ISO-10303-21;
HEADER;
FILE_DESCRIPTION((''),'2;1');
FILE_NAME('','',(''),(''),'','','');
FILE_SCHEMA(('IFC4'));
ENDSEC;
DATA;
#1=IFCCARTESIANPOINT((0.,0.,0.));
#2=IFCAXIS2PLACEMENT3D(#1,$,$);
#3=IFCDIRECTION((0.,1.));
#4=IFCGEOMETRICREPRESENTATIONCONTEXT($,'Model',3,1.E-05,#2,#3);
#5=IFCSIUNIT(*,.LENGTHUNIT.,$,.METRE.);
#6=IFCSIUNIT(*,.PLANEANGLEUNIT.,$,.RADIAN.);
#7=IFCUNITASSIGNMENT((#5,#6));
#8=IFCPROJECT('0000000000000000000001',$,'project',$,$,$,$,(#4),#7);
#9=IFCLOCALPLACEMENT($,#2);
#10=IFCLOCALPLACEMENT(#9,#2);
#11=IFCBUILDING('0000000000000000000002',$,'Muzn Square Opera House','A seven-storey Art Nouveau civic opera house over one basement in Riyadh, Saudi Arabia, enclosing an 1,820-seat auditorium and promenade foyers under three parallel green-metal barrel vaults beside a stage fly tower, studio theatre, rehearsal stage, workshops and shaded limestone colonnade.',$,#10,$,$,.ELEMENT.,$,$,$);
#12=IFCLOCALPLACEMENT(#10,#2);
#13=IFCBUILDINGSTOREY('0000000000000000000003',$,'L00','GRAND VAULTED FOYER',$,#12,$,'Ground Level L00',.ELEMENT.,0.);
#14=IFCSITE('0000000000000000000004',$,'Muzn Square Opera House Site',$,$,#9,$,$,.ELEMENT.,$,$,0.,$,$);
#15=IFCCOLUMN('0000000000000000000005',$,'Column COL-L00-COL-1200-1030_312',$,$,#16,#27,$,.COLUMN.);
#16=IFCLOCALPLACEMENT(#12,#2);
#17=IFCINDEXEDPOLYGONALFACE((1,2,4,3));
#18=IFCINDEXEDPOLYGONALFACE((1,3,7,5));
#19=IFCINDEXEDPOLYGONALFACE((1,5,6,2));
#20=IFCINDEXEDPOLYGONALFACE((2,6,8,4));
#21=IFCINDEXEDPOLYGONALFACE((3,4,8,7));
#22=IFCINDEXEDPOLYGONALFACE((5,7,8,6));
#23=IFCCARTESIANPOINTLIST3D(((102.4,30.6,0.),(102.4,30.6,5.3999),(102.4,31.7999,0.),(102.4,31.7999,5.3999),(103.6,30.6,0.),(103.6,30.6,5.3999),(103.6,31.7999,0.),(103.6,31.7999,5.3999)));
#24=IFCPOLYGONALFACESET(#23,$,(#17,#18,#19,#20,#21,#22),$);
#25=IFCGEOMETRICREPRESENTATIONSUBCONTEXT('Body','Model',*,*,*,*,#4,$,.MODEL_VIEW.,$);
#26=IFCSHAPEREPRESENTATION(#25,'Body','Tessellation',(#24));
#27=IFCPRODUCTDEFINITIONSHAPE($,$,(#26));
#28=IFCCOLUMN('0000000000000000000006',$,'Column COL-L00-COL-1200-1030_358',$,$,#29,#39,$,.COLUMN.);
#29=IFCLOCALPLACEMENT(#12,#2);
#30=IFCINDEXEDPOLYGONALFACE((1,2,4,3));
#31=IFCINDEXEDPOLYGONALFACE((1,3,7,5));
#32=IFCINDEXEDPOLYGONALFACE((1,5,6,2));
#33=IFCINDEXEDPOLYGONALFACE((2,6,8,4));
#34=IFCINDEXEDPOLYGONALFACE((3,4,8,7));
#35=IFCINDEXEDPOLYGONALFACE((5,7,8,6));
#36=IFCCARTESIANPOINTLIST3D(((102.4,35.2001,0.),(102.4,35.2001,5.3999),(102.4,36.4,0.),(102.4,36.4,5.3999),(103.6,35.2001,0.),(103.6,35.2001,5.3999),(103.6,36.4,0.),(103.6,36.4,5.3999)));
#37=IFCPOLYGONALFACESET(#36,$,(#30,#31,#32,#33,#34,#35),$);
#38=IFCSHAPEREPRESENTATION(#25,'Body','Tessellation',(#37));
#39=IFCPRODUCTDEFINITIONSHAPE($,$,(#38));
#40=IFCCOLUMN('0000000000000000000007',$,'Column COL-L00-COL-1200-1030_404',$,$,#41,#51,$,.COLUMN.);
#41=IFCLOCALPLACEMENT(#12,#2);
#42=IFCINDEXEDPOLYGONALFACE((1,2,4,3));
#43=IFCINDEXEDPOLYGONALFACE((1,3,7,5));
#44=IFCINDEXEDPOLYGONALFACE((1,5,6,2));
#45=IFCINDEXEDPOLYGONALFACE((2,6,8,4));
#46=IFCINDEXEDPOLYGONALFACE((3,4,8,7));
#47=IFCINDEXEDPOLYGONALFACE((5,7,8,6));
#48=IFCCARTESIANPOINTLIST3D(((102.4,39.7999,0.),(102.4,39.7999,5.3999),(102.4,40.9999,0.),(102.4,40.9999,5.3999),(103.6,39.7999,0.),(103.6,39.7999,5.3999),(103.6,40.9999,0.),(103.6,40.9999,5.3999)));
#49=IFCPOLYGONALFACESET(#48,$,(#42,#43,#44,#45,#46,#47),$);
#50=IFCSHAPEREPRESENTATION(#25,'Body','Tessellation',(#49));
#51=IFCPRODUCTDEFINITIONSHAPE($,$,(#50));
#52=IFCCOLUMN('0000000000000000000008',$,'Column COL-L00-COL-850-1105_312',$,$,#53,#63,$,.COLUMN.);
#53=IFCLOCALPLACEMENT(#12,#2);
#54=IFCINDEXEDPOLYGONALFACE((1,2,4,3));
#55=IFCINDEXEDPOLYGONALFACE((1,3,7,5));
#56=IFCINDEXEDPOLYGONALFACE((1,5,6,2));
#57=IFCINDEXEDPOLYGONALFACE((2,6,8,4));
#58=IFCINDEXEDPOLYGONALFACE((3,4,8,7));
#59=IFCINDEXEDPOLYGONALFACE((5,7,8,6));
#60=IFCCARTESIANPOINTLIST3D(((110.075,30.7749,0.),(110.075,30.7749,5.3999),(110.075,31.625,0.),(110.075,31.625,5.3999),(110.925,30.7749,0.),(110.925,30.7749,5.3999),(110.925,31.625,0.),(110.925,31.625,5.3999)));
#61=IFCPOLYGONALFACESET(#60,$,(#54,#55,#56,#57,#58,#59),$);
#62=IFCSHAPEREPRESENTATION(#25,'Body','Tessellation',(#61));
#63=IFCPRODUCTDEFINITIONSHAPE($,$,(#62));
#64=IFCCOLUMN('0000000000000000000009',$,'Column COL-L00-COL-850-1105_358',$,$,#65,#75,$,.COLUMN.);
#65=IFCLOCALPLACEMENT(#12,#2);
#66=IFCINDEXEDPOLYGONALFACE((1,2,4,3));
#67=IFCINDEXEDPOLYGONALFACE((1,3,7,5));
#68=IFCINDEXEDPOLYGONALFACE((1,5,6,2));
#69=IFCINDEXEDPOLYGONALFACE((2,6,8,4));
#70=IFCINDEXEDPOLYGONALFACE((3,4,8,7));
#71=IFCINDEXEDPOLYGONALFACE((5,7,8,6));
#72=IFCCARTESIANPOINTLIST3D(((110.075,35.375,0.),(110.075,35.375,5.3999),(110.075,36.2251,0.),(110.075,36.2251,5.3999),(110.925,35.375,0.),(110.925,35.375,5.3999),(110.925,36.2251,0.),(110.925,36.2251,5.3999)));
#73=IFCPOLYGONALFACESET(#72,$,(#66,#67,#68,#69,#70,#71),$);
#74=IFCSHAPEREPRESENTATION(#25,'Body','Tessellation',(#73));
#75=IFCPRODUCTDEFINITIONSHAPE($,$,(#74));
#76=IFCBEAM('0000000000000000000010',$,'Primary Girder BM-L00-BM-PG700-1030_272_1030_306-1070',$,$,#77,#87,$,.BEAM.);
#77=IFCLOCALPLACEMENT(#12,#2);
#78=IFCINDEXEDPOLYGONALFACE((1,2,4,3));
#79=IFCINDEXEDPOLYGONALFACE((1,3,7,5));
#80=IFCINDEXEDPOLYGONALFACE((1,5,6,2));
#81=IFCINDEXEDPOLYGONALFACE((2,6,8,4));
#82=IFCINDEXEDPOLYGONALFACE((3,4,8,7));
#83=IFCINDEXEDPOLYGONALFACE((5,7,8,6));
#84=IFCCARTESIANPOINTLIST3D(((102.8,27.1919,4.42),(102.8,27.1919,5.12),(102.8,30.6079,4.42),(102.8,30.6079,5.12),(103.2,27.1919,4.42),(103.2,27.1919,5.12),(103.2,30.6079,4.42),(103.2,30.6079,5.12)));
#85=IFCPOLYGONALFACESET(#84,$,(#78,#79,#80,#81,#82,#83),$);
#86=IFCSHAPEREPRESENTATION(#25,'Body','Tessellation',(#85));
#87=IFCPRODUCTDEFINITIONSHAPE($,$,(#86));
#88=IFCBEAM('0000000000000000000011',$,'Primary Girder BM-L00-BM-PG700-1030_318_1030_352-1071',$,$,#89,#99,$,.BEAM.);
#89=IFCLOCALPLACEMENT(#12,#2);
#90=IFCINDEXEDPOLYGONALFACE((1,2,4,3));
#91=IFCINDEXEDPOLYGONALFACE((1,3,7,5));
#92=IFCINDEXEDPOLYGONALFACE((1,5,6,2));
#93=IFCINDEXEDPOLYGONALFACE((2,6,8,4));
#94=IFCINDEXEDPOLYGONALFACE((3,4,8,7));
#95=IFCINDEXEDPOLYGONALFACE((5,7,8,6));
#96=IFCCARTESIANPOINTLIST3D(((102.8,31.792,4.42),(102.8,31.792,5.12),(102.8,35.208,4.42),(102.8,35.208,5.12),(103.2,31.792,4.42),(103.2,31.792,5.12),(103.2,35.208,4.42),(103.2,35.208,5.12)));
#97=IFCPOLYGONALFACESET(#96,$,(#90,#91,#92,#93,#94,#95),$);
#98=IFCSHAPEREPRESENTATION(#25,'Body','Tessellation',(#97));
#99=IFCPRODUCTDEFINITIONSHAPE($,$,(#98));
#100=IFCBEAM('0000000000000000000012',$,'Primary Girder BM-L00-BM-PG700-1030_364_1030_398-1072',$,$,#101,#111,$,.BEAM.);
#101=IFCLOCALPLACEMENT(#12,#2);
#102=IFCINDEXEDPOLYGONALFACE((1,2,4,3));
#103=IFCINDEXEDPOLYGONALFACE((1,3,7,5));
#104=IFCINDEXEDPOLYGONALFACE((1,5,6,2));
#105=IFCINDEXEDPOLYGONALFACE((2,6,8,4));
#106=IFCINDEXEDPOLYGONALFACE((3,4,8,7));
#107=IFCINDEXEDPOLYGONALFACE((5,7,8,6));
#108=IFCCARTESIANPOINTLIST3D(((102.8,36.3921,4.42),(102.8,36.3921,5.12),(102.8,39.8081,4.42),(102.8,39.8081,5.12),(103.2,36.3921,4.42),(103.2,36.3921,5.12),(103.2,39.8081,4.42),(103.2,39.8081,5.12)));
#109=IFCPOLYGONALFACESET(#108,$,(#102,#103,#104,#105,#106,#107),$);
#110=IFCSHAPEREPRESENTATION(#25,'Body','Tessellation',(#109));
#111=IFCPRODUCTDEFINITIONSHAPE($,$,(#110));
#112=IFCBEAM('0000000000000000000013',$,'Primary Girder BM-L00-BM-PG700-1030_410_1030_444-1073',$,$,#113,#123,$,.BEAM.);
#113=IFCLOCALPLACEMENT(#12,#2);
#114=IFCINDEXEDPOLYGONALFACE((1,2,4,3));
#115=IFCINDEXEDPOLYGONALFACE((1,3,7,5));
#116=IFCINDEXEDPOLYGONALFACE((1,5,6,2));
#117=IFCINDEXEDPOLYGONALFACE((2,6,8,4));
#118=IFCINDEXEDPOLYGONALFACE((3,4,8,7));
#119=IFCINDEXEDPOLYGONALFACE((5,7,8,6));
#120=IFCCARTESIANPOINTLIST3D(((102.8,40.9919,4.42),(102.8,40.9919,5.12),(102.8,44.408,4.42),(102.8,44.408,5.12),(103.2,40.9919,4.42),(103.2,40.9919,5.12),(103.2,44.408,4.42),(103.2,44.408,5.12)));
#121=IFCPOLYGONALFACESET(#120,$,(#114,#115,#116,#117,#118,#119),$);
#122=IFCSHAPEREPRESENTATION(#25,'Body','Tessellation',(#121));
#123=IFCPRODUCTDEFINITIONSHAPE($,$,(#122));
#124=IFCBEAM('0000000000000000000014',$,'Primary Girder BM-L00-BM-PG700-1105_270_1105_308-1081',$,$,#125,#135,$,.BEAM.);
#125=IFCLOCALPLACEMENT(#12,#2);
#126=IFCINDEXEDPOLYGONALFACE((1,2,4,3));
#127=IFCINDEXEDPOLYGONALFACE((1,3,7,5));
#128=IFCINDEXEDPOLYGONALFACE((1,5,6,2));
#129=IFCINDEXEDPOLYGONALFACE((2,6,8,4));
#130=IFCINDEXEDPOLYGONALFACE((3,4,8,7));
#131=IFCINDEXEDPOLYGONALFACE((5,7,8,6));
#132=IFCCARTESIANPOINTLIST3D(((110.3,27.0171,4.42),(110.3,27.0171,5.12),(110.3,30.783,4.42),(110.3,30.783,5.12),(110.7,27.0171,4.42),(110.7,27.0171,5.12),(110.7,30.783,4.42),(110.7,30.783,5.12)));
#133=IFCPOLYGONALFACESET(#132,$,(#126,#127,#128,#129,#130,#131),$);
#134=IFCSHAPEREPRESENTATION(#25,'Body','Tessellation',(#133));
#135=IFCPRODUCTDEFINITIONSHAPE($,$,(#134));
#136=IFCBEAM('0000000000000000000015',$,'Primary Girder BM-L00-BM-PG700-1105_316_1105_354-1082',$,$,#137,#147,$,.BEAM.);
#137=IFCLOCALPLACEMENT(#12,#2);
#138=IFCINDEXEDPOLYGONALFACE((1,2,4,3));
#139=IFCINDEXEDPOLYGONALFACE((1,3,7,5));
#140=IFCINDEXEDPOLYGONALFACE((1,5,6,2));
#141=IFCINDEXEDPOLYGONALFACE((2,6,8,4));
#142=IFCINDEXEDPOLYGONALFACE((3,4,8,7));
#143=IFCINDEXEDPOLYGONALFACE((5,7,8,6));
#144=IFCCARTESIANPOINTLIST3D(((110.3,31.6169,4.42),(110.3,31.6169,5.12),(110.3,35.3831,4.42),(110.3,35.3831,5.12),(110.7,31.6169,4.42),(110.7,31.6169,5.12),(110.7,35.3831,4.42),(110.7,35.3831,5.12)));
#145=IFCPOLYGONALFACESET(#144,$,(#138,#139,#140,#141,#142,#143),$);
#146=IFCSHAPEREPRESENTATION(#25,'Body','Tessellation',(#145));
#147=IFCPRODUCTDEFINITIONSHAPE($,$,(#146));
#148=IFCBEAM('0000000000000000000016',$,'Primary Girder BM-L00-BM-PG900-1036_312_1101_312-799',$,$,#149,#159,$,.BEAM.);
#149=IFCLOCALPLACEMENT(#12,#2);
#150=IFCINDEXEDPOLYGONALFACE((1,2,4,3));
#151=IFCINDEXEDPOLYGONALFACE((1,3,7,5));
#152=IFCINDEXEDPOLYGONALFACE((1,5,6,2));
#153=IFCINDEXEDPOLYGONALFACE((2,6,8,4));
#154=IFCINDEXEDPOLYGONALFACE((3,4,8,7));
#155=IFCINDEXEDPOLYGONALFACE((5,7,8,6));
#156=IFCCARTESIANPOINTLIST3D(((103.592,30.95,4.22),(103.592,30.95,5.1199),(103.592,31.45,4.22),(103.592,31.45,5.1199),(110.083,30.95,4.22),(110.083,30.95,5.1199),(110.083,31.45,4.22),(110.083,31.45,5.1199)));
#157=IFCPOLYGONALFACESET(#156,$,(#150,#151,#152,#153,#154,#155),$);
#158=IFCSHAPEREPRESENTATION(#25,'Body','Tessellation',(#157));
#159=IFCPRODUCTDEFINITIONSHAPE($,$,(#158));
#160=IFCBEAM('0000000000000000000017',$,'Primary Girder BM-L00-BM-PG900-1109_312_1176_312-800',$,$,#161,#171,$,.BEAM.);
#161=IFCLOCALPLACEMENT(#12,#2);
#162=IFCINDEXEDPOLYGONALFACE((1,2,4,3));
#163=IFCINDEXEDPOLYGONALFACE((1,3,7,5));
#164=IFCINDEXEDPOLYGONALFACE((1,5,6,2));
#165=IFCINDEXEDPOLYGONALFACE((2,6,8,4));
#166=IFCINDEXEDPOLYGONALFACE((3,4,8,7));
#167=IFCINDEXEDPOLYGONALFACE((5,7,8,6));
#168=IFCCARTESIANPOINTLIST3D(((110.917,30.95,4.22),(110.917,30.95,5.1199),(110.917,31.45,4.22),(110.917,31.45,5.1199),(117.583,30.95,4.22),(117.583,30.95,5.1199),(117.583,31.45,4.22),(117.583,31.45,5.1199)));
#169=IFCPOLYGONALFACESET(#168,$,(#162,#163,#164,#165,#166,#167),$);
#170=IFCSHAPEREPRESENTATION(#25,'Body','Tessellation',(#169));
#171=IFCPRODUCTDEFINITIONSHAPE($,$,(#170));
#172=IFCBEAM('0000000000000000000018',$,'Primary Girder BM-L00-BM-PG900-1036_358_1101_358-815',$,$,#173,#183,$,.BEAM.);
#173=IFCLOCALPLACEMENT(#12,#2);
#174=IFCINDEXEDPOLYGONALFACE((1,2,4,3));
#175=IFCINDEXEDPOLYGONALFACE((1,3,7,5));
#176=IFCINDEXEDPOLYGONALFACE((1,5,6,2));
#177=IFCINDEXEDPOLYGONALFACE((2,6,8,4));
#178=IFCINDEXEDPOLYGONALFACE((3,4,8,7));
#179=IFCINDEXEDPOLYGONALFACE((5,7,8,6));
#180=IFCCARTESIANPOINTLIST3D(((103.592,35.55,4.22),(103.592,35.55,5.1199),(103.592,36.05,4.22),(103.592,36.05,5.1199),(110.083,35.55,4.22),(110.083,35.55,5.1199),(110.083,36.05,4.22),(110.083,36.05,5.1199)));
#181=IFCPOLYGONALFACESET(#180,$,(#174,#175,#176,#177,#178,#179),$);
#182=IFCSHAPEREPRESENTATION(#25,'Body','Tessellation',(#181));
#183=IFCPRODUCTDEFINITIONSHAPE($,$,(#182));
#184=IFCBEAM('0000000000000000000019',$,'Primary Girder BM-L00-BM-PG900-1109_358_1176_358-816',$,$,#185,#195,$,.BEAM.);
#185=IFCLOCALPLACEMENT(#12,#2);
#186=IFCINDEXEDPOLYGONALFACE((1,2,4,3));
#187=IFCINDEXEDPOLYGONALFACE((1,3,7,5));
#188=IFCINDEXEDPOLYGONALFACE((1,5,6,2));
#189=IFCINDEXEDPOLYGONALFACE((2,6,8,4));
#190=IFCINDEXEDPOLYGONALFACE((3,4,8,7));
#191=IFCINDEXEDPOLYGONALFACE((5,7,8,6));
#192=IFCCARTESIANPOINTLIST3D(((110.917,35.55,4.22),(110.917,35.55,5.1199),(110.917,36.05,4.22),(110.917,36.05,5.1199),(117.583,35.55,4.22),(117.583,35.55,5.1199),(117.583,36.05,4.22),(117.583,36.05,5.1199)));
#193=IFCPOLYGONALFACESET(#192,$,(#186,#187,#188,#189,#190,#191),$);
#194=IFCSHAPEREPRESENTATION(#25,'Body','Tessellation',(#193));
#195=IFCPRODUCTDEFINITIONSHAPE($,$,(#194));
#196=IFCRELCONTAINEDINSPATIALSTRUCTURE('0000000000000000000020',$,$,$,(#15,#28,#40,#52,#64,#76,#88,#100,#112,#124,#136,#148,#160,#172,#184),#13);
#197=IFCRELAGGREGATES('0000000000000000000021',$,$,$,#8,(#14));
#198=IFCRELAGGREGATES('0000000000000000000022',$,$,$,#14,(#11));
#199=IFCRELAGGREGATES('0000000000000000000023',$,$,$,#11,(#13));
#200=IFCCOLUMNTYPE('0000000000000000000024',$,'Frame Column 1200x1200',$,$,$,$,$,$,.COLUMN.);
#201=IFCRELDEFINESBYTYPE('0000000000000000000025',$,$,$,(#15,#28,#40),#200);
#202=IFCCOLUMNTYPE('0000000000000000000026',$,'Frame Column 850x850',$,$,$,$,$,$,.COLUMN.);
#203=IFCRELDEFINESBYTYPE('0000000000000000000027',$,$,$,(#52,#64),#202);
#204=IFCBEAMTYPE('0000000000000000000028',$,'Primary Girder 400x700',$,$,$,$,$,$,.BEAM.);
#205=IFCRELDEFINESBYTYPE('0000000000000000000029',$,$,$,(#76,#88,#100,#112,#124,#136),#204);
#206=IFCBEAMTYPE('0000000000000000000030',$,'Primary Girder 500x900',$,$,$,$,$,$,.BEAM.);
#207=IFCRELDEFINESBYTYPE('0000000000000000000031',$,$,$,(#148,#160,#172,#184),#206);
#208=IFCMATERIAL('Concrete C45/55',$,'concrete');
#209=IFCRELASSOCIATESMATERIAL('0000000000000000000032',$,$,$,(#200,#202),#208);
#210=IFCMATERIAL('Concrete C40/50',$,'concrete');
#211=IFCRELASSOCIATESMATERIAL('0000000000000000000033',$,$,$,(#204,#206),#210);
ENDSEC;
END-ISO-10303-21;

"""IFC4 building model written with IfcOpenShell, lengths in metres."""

from ifc_helpers import new_model, si_unit, direction, frame, origin, origin_2d, place, context, subcontext, project, spatial, rectangle, extrude, material, material_profile, profile_set, type_object, element, save


model = new_model("IFC4")

# Units and contexts
model_context = context("Model", 3, precision=1e-05, world=origin(), true_north=direction((0.0, 1.0)))
body_context = subcontext(model_context, "Body", "Model", "MODEL_VIEW")
ifc_project = project(units=[si_unit("LENGTHUNIT", "METRE"), si_unit("PLANEANGLEUNIT", "RADIAN")], contexts=[model_context])

# Site, building, storey
site_placement = place(None, origin())
site = spatial("IfcSite", under=ifc_project, at=site_placement, Name="Muzn Square Opera House Site", CompositionType="ELEMENT", RefElevation=0.0)
building_placement = place(site_placement, origin())
building = spatial("IfcBuilding", under=site, at=building_placement, Name="Muzn Square Opera House", Description="A seven-storey Art Nouveau civic opera house over one basement in Riyadh, Saudi Arabia, enclosing an 1,820-seat auditorium and promenade foyers under three parallel green-metal barrel vaults beside a stage fly tower, studio theatre, rehearsal stage, workshops and shaded limestone colonnade.", CompositionType="ELEMENT")
storey_placement = place(building_placement, origin())
storey = spatial("IfcBuildingStorey", under=building, at=storey_placement, Name="L00", Description="GRAND VAULTED FOYER", LongName="Ground Level L00", CompositionType="ELEMENT", Elevation=0.0)

# Columns
ifc_material_1 = material(Name="Concrete C45/55", Category="concrete")
ifc_material_profile_1 = material_profile(ifc_material_1, rectangle(XDim=1.2, YDim=1.2, at=origin_2d()), Name="RC 1200x1200", Category="concrete")
ifc_profile_set_1 = profile_set([ifc_material_profile_1], Name="Concrete C45/55")
column_type_1 = type_object("IfcColumnType", Name="Frame Column 1200x1200", PredefinedType="COLUMN", material=ifc_profile_set_1)
for number, where, z_axis, x_axis, name in (
    (1, (103.0, 31.2, 0.0), (0.0, 0.0, 1.0), (1.0, 0.0, 0.0), "Column COL-L00-COL-1200-1030_312"),
    (2, (103.0, 35.8, 0.0), (0.0, 0.0, 1.0), (1.0, 0.0, 0.0), "Column COL-L00-COL-1200-1030_358"),
    (3, (103.0, 40.3999, 0.0), (0.0, 0.0, 1.0), (1.0, 0.0, 0.0), "Column COL-L00-COL-1200-1030_404"),
):
    element("IfcColumn", number, at=place(storey_placement, frame(where, z_axis=z_axis, x_axis=x_axis)), inside=storey, type_object=column_type_1, Name=name, PredefinedType="COLUMN", context=body_context, shape_type="SweptSolid", body=[
        extrude(rectangle(XDim=1.2, YDim=1.2, at=origin_2d()), origin(), (0.0, 0.0, 1.0), 5.3999),
    ])
ifc_material_profile_2 = material_profile(ifc_material_1, rectangle(XDim=0.8501, YDim=0.8501, at=origin_2d()), Name="RC 850x850", Category="concrete")
ifc_profile_set_2 = profile_set([ifc_material_profile_2], Name="Concrete C45/55")
column_type_2 = type_object("IfcColumnType", Name="Frame Column 850x850", PredefinedType="COLUMN", material=ifc_profile_set_2)
for number, where, z_axis, x_axis, name in (
    (4, (110.5, 31.2, 0.0), (0.0, 0.0, 1.0), (1.0, 0.0, 0.0), "Column COL-L00-COL-850-1105_312"),
    (5, (110.5, 35.8, 0.0), (0.0, 0.0, 1.0), (1.0, 0.0, 0.0), "Column COL-L00-COL-850-1105_358"),
):
    element("IfcColumn", number, at=place(storey_placement, frame(where, z_axis=z_axis, x_axis=x_axis)), inside=storey, type_object=column_type_2, Name=name, PredefinedType="COLUMN", context=body_context, shape_type="SweptSolid", body=[
        extrude(rectangle(XDim=0.8501, YDim=0.8501, at=origin_2d()), origin(), (0.0, 0.0, 1.0), 5.3999),
    ])

# Beams
ifc_material_2 = material(Name="Concrete C40/50", Category="concrete")
ifc_material_profile_3 = material_profile(ifc_material_2, rectangle(XDim=0.3999, YDim=0.7, at=origin_2d()), Name="RCB 400x700", Category="concrete")
ifc_profile_set_3 = profile_set([ifc_material_profile_3], Name="Concrete C40/50")
beam_type_1 = type_object("IfcBeamType", Name="Primary Girder 400x700", PredefinedType="BEAM", material=ifc_profile_set_3)
for number, where, z_axis, x_axis, name in (
    (6, (103.0, 27.1919, 4.77), (0.0, 1.0, 0.0), (-1.0, 0.0, 0.0), "Primary Girder BM-L00-BM-PG700-1030_272_1030_306-1070"),
    (7, (103.0, 31.792, 4.77), (0.0, 1.0, 0.0), (-1.0, 0.0, 0.0), "Primary Girder BM-L00-BM-PG700-1030_318_1030_352-1071"),
    (8, (103.0, 36.3921, 4.77), (0.0, 1.0, 0.0), (-1.0, 0.0, 0.0), "Primary Girder BM-L00-BM-PG700-1030_364_1030_398-1072"),
    (9, (103.0, 40.9919, 4.77), (0.0, 1.0, 0.0), (-1.0, 0.0, 0.0), "Primary Girder BM-L00-BM-PG700-1030_410_1030_444-1073"),
):
    element("IfcBeam", number, at=place(storey_placement, frame(where, z_axis=z_axis, x_axis=x_axis)), inside=storey, type_object=beam_type_1, Name=name, PredefinedType="BEAM", context=body_context, shape_type="SweptSolid", body=[
        extrude(rectangle(XDim=0.3999, YDim=0.7, at=origin_2d()), origin(), (0.0, 0.0, 1.0), 3.416),
    ])
beam_1_placement = place(storey_placement, frame((110.5, 27.0171, 4.77), z_axis=(0.0, 1.0, 0.0), x_axis=(-1.0, 0.0, 0.0)))
element("IfcBeam", 10, at=beam_1_placement, inside=storey, type_object=beam_type_1, Name="Primary Girder BM-L00-BM-PG700-1105_270_1105_308-1081", PredefinedType="BEAM", context=body_context, shape_type="SweptSolid", body=[
    extrude(rectangle(XDim=0.3999, YDim=0.7, at=origin_2d()), origin(), (0.0, 0.0, 1.0), 3.7659),
])
beam_2_placement = place(storey_placement, frame((110.5, 31.6169, 4.77), z_axis=(0.0, 1.0, 0.0), x_axis=(-1.0, 0.0, 0.0)))
element("IfcBeam", 11, at=beam_2_placement, inside=storey, type_object=beam_type_1, Name="Primary Girder BM-L00-BM-PG700-1105_316_1105_354-1082", PredefinedType="BEAM", context=body_context, shape_type="SweptSolid", body=[
    extrude(rectangle(XDim=0.3999, YDim=0.7, at=origin_2d()), origin(), (0.0, 0.0, 1.0), 3.7661),
])
ifc_material_profile_4 = material_profile(ifc_material_2, rectangle(XDim=0.5, YDim=0.8999, at=origin_2d()), Name="RCB 500x900", Category="concrete")
ifc_profile_set_4 = profile_set([ifc_material_profile_4], Name="Concrete C40/50")
beam_type_2 = type_object("IfcBeamType", Name="Primary Girder 500x900", PredefinedType="BEAM", material=ifc_profile_set_4)
beam_3_placement = place(storey_placement, frame((103.592, 31.2, 4.6699), z_axis=(1.0, 0.0, 0.0), x_axis=(0.0, 1.0, 0.0)))
element("IfcBeam", 12, at=beam_3_placement, inside=storey, type_object=beam_type_2, Name="Primary Girder BM-L00-BM-PG900-1036_312_1101_312-799", PredefinedType="BEAM", context=body_context, shape_type="SweptSolid", body=[
    extrude(rectangle(XDim=0.5, YDim=0.8999, at=origin_2d()), origin(), (0.0, 0.0, 1.0), 6.491),
])
beam_4_placement = place(storey_placement, frame((110.917, 31.2, 4.6699), z_axis=(1.0, 0.0, 0.0), x_axis=(0.0, 1.0, 0.0)))
element("IfcBeam", 13, at=beam_4_placement, inside=storey, type_object=beam_type_2, Name="Primary Girder BM-L00-BM-PG900-1109_312_1176_312-800", PredefinedType="BEAM", context=body_context, shape_type="SweptSolid", body=[
    extrude(rectangle(XDim=0.5, YDim=0.8999, at=origin_2d()), origin(), (0.0, 0.0, 1.0), 6.666),
])
beam_5_placement = place(storey_placement, frame((103.592, 35.8, 4.6699), z_axis=(1.0, 0.0, 0.0), x_axis=(0.0, 1.0, 0.0)))
element("IfcBeam", 14, at=beam_5_placement, inside=storey, type_object=beam_type_2, Name="Primary Girder BM-L00-BM-PG900-1036_358_1101_358-815", PredefinedType="BEAM", context=body_context, shape_type="SweptSolid", body=[
    extrude(rectangle(XDim=0.5, YDim=0.8999, at=origin_2d()), origin(), (0.0, 0.0, 1.0), 6.491),
])
beam_6_placement = place(storey_placement, frame((110.917, 35.8, 4.6699), z_axis=(1.0, 0.0, 0.0), x_axis=(0.0, 1.0, 0.0)))
element("IfcBeam", 15, at=beam_6_placement, inside=storey, type_object=beam_type_2, Name="Primary Girder BM-L00-BM-PG900-1109_358_1176_358-816", PredefinedType="BEAM", context=body_context, shape_type="SweptSolid", body=[
    extrude(rectangle(XDim=0.5, YDim=0.8999, at=origin_2d()), origin(), (0.0, 0.0, 1.0), 6.666),
])

save(model, "model.ifc")
